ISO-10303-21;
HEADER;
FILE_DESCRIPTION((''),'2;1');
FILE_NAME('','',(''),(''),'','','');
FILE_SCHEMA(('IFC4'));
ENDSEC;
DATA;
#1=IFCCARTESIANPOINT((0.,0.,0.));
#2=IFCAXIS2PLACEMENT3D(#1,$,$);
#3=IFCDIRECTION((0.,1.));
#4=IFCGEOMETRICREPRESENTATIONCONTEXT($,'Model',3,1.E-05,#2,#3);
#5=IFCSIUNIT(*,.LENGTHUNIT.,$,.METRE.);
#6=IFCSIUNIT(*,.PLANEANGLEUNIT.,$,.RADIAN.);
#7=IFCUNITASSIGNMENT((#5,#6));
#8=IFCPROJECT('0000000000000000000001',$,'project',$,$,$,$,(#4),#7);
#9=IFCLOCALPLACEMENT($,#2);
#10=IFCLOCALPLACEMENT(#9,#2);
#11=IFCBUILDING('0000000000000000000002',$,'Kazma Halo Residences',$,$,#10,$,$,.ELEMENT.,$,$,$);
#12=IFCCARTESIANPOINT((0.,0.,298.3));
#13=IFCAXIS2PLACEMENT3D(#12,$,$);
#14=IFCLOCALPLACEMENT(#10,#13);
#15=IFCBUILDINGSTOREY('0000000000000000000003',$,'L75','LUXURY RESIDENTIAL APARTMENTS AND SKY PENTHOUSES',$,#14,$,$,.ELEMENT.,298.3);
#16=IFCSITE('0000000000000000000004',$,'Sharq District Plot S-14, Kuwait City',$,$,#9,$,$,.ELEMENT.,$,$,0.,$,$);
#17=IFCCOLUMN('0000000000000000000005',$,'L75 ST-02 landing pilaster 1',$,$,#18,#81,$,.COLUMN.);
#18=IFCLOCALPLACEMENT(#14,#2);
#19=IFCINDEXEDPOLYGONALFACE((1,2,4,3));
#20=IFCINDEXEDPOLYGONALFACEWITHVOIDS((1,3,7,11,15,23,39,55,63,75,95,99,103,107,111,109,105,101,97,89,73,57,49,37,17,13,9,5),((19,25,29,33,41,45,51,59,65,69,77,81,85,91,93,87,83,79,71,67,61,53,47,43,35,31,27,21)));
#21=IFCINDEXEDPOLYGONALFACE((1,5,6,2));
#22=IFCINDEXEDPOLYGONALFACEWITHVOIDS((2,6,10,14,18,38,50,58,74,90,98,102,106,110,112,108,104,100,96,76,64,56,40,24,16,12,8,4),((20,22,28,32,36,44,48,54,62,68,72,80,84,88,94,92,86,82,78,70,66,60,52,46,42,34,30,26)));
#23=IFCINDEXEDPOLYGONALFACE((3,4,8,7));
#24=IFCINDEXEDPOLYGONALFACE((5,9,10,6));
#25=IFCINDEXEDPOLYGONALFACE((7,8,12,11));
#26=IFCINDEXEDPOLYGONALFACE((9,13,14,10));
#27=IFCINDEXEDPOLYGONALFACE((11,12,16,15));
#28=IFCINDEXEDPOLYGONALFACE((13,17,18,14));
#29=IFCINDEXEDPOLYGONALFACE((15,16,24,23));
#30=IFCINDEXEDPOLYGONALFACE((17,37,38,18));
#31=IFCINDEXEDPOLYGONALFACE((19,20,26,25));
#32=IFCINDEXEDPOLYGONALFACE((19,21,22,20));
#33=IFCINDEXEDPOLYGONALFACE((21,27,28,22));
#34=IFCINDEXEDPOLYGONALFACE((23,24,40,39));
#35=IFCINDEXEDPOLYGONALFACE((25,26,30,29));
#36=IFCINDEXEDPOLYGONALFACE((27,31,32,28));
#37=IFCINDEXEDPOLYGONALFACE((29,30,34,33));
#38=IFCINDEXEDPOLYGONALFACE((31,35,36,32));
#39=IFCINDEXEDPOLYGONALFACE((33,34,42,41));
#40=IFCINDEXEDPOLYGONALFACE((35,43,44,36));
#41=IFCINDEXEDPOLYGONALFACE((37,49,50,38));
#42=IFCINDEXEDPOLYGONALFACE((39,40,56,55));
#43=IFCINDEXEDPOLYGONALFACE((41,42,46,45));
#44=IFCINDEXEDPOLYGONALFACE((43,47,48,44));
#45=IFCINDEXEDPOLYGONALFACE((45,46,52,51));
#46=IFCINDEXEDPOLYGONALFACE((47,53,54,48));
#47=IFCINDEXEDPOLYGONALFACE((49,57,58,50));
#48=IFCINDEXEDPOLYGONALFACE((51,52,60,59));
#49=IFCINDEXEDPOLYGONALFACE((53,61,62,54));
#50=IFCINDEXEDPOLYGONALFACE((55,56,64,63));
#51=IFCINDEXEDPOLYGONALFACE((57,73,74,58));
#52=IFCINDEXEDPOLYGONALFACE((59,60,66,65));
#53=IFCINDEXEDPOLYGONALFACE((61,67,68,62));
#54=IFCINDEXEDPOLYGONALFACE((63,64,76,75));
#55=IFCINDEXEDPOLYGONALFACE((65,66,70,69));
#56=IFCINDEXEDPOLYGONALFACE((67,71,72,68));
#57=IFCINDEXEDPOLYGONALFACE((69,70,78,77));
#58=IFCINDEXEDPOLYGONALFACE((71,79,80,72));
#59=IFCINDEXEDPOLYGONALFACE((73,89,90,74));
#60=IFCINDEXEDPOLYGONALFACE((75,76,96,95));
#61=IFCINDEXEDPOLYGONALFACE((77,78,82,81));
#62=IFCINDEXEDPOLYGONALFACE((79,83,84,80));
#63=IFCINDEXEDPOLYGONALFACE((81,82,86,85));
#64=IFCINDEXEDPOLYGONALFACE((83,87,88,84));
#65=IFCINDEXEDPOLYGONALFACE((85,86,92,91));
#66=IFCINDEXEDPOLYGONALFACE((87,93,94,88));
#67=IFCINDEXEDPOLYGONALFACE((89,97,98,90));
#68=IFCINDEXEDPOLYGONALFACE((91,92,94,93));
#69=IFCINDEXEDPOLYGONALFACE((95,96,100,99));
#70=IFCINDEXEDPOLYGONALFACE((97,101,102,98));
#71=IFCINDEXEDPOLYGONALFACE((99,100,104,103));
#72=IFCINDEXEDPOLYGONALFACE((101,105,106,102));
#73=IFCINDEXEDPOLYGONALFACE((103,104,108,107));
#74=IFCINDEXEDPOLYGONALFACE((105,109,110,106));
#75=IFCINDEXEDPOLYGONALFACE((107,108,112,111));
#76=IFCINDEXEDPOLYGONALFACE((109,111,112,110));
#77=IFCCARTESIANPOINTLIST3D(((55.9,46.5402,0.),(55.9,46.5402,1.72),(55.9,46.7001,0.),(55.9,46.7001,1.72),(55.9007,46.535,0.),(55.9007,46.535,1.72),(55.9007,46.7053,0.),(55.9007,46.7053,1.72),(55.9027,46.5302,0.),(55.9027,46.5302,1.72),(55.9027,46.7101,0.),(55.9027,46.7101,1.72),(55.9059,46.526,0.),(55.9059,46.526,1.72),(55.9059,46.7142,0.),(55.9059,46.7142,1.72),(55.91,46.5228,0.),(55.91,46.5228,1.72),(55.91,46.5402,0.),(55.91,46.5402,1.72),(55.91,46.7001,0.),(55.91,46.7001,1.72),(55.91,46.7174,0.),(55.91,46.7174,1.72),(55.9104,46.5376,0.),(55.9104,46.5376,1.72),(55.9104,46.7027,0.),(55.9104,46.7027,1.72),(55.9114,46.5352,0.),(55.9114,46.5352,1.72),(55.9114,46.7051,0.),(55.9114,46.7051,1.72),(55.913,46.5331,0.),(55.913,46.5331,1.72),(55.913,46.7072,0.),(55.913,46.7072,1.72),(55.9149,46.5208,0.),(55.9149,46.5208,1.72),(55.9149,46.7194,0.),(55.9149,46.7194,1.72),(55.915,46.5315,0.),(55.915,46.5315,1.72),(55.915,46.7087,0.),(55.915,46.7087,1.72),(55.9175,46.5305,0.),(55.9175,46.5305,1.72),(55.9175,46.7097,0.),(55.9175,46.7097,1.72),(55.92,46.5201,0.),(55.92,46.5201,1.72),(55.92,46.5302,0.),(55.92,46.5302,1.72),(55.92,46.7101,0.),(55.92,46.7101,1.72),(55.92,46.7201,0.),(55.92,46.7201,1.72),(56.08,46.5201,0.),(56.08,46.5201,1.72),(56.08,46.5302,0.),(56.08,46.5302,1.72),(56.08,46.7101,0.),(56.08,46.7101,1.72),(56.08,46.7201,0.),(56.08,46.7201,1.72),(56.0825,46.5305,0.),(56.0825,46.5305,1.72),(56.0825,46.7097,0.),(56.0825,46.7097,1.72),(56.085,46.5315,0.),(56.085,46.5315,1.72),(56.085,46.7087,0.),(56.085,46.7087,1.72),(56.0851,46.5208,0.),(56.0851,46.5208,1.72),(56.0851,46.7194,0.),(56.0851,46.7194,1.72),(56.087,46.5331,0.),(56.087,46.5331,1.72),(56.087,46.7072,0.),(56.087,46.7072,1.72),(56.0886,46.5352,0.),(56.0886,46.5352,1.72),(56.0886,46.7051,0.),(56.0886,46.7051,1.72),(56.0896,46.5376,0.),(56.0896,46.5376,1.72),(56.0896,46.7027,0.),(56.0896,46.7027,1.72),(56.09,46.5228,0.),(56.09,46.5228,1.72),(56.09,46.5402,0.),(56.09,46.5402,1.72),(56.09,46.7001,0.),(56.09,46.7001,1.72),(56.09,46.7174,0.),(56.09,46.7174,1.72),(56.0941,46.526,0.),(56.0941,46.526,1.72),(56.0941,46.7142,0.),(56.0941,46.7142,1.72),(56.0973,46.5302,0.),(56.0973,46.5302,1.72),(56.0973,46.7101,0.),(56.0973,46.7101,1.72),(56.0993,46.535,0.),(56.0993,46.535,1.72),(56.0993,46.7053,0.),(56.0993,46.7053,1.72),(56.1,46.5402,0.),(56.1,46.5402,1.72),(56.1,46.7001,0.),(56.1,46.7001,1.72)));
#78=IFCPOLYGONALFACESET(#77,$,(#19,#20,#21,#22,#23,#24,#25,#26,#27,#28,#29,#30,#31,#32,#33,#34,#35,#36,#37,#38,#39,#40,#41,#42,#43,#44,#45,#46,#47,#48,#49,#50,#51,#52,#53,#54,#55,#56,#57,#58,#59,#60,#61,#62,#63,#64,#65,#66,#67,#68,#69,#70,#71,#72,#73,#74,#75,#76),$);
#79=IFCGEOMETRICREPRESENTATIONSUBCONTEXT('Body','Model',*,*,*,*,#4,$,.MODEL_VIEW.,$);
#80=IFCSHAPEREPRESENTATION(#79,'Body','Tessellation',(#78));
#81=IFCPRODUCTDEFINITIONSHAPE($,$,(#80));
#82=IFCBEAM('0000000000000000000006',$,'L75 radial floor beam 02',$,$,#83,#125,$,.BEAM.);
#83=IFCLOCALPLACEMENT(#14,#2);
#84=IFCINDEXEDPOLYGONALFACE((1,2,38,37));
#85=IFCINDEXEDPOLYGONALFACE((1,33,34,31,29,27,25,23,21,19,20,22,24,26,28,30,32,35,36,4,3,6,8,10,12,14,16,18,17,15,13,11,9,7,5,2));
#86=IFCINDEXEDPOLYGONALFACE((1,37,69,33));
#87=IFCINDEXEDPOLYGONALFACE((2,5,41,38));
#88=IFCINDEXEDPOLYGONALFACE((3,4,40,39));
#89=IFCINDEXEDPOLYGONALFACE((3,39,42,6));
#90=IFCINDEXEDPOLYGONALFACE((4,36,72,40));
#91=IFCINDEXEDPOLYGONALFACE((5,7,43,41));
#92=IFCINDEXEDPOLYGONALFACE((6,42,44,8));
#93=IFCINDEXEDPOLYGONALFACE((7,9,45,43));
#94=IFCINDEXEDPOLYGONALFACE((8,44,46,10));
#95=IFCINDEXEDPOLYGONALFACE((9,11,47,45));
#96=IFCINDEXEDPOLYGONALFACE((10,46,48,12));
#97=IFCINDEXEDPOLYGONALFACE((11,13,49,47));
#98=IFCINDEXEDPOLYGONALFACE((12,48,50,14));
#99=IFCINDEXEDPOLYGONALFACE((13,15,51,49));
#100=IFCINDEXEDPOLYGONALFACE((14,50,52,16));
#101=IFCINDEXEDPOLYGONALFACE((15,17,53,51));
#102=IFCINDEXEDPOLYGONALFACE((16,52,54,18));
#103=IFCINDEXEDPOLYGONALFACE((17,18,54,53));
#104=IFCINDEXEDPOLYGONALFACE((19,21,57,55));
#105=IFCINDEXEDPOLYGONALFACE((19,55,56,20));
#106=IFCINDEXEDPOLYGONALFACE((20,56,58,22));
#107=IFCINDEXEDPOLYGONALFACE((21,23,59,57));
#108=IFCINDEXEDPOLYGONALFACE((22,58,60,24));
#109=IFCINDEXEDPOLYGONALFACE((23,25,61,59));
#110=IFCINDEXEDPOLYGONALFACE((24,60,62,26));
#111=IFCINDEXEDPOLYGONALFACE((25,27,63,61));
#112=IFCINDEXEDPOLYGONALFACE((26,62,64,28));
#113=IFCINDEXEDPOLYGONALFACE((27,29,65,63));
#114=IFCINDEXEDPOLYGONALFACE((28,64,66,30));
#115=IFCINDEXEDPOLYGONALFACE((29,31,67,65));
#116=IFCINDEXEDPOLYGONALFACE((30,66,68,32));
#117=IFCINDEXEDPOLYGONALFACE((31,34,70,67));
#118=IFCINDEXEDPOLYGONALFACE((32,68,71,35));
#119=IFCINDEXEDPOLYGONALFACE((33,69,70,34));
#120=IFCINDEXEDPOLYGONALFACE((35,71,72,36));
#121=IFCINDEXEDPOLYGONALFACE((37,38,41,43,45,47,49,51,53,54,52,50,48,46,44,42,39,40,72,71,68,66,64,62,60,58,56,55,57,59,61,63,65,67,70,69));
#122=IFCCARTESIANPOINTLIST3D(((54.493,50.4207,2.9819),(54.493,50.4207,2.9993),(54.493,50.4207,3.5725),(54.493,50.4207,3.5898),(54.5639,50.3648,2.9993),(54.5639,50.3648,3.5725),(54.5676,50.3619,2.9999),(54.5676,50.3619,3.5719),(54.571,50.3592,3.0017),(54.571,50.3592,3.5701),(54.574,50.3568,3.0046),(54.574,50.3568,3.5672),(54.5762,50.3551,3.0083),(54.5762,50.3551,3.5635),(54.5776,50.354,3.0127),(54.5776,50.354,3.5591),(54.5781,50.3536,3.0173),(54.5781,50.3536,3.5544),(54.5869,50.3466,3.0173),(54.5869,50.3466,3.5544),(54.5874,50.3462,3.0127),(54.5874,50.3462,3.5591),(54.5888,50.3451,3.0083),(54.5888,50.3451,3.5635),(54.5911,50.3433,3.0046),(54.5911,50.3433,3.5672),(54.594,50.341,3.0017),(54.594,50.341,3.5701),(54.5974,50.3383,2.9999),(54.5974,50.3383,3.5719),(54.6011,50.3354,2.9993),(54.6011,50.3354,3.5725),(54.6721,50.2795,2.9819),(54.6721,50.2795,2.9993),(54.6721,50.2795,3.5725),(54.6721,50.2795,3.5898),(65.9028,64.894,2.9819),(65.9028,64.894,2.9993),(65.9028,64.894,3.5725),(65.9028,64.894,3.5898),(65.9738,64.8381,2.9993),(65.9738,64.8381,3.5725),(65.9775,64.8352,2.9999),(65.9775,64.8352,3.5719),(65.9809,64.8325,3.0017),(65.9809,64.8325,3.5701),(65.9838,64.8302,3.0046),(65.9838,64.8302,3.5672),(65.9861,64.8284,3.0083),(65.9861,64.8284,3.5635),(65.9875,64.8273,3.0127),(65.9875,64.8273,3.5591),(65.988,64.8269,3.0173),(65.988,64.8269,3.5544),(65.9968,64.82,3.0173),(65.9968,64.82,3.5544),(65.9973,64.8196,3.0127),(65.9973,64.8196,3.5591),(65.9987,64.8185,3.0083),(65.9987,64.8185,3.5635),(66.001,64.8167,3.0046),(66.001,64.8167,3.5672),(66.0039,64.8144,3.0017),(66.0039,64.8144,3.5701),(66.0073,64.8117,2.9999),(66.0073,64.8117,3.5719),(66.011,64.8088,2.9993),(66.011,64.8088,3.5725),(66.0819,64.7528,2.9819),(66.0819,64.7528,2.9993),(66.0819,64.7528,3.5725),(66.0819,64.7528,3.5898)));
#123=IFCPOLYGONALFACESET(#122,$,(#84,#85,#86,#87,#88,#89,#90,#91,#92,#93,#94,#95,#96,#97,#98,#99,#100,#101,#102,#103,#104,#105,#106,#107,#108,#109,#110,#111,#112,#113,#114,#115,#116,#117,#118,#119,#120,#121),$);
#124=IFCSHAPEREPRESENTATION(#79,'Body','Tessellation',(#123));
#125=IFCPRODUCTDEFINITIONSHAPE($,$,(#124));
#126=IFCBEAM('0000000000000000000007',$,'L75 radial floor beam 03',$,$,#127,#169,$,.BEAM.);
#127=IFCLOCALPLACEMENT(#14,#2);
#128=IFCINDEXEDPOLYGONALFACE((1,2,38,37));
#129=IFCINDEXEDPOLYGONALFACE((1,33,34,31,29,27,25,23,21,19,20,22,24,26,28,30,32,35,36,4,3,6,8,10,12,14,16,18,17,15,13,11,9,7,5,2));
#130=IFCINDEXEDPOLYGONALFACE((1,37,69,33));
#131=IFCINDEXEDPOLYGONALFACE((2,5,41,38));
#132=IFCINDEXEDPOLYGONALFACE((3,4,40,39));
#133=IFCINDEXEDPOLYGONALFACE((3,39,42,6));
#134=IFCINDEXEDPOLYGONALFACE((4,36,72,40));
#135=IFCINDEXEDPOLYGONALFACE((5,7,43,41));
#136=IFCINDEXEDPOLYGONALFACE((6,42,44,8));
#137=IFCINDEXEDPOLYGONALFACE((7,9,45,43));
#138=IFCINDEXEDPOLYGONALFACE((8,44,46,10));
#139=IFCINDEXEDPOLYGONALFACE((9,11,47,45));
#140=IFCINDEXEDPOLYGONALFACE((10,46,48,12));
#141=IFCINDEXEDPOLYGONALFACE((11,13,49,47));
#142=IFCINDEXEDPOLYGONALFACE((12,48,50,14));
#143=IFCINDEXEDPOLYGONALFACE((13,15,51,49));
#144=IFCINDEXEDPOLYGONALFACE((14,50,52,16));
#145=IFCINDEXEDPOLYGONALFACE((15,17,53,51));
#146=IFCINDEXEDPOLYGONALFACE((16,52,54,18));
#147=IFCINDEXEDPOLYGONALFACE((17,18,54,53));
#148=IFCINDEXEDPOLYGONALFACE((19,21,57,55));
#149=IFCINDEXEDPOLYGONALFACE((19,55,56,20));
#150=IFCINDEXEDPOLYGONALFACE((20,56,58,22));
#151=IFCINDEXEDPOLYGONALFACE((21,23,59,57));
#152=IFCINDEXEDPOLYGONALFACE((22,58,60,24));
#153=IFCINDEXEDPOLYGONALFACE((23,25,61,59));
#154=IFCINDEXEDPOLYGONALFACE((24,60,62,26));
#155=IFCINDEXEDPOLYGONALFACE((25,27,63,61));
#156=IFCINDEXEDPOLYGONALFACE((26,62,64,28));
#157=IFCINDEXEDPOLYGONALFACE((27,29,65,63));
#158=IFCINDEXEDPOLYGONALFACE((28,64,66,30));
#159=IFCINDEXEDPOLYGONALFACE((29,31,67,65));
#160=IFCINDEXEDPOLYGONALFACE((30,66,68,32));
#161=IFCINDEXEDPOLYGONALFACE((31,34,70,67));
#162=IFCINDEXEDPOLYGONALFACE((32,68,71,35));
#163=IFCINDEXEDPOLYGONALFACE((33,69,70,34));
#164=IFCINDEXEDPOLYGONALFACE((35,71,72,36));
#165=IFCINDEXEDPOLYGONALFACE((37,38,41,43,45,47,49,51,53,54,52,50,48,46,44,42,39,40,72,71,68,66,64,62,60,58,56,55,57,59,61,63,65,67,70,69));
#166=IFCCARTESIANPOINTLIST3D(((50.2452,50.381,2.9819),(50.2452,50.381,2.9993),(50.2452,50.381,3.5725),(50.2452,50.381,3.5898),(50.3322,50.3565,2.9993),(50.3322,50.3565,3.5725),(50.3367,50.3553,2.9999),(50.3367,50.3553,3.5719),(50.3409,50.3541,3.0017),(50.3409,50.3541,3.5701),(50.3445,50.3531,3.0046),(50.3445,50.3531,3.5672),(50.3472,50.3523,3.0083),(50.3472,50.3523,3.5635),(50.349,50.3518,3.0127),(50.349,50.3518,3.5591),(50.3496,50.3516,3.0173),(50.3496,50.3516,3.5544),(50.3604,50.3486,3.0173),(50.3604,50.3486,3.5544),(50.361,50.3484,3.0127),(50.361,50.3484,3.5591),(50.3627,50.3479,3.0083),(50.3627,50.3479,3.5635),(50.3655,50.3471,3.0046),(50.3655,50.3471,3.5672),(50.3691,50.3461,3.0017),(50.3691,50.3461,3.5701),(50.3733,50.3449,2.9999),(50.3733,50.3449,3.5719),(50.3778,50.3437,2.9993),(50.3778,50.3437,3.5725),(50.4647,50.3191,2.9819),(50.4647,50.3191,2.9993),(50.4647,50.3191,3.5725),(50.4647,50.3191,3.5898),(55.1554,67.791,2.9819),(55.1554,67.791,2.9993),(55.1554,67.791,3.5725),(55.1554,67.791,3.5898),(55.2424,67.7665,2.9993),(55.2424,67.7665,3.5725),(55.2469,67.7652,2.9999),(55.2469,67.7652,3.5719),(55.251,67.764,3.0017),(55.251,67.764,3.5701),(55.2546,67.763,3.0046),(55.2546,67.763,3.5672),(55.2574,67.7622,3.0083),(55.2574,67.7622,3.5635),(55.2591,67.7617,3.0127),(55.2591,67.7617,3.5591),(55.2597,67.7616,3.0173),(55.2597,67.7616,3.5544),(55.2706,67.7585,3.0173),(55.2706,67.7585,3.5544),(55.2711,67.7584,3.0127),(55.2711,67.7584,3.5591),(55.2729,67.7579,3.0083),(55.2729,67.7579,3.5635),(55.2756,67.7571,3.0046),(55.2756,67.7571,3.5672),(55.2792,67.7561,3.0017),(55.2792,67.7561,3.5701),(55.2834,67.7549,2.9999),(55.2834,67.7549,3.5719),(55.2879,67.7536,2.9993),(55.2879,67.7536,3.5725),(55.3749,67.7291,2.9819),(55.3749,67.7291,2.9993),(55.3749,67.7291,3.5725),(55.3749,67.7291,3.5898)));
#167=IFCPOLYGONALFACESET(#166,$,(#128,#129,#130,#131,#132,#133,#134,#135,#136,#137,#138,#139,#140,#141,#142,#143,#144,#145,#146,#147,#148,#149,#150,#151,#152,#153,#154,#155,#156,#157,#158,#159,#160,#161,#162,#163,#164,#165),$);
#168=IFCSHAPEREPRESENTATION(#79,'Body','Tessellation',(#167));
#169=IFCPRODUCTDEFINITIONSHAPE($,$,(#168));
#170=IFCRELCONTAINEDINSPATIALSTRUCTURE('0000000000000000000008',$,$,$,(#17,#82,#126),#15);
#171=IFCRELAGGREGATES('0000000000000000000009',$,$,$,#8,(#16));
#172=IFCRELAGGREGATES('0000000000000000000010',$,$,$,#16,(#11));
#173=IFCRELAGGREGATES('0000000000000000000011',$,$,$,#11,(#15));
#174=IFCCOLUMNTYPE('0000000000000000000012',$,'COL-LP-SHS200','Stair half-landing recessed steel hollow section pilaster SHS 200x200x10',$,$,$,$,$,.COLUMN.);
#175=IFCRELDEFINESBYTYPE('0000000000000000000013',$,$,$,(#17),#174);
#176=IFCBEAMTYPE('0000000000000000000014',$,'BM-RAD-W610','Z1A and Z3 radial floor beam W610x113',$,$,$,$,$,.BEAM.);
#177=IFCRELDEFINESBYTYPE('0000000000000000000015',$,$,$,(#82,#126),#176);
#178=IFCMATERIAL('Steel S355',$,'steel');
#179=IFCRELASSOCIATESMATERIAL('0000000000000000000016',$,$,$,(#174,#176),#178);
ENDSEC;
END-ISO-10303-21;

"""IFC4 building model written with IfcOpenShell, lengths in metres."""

from ifc_helpers import new_model, si_unit, direction, frame, origin, origin_2d, place, context, subcontext, project, spatial, hollow_rectangle, i_section, extrude, material, material_profile, profile_set, type_object, element, save


model = new_model("IFC4")

# Units and contexts
model_context = context("Model", 3, precision=1e-05, world=origin(), true_north=direction((0.0, 1.0)))
body_context = subcontext(model_context, "Body", "Model", "MODEL_VIEW")
ifc_project = project(units=[si_unit("LENGTHUNIT", "METRE"), si_unit("PLANEANGLEUNIT", "RADIAN")], contexts=[model_context])

# Site, building, storey
site_placement = place(None, origin())
site = spatial("IfcSite", under=ifc_project, at=site_placement, Name="Sharq District Plot S-14, Kuwait City", CompositionType="ELEMENT", RefElevation=0.0)
building_placement = place(site_placement, origin())
building = spatial("IfcBuilding", under=site, at=building_placement, Name="Kazma Halo Residences", CompositionType="ELEMENT")
storey_placement = place(building_placement, frame((0.0, 0.0, 298.3)))
storey = spatial("IfcBuildingStorey", under=building, at=storey_placement, Name="L75", Description="LUXURY RESIDENTIAL APARTMENTS AND SKY PENTHOUSES", CompositionType="ELEMENT", Elevation=298.3)

# Column
ifc_material_1 = material(Name="Steel S355", Category="steel")
ifc_material_profile_1 = material_profile(ifc_material_1, hollow_rectangle(XDim=0.2, YDim=0.2, WallThickness=0.01, InnerFilletRadius=0.01, OuterFilletRadius=0.02, at=origin_2d()), Name="SHS200x200x10")
ifc_profile_set_1 = profile_set([ifc_material_profile_1], Name="Steel S355")
column_type = type_object("IfcColumnType", Name="COL-LP-SHS200", Description="Stair half-landing recessed steel hollow section pilaster SHS 200x200x10", PredefinedType="COLUMN", material=ifc_profile_set_1)
column_placement = place(storey_placement, frame((56.0, 46.6201, 0.0), z_axis=(0.0, 0.0, 1.0), x_axis=(1.0, 0.0, 0.0)))
element("IfcColumn", 1, at=column_placement, inside=storey, type_object=column_type, Name="L75 ST-02 landing pilaster 1", PredefinedType="COLUMN", context=body_context, shape_type="SweptSolid", body=[
    extrude(hollow_rectangle(XDim=0.2, YDim=0.2, WallThickness=0.01, InnerFilletRadius=0.01, OuterFilletRadius=0.02, at=origin_2d()), origin(), (0.0, 0.0, 1.0), 1.72),
])

# Beams
ifc_material_profile_2 = material_profile(ifc_material_1, i_section(OverallWidth=0.228, OverallDepth=0.6079, WebThickness=0.0112, FlangeThickness=0.0173, FilletRadius=0.0181, at=origin_2d()), Name="W610x113")
ifc_profile_set_2 = profile_set([ifc_material_profile_2], Name="Steel S355")
beam_type_1 = type_object("IfcBeamType", Name="BM-RAD-W610", Description="Z1A and Z3 radial floor beam W610x113", PredefinedType="BEAM", material=ifc_profile_set_2)
beam_1_placement = place(storey_placement, frame((54.5825, 50.3501, 3.2859), z_axis=(0.619094, 0.785317, 0.0), x_axis=(-0.785317, 0.619094, 0.0)))
element("IfcBeam", 2, at=beam_1_placement, inside=storey, type_object=beam_type_1, Name="L75 radial floor beam 02", PredefinedType="BEAM", context=body_context, shape_type="SweptSolid", body=[
    extrude(i_section(OverallWidth=0.228, OverallDepth=0.6079, WebThickness=0.0112, FlangeThickness=0.0173, FilletRadius=0.0181, at=origin_2d()), origin(), (0.0, 0.0, 1.0), 18.4299),
])
beam_2_placement = place(storey_placement, frame((50.355, 50.3501, 3.2859), z_axis=(0.271443, 0.962454, 0.0), x_axis=(-0.962454, 0.271443, 0.0)))
element("IfcBeam", 3, at=beam_2_placement, inside=storey, type_object=beam_type_1, Name="L75 radial floor beam 03", PredefinedType="BEAM", context=body_context, shape_type="SweptSolid", body=[
    extrude(i_section(OverallWidth=0.228, OverallDepth=0.6079, WebThickness=0.0112, FlangeThickness=0.0173, FilletRadius=0.0181, at=origin_2d()), origin(), (0.0, 0.0, 1.0), 18.0891),
])

save(model, "model.ifc")
